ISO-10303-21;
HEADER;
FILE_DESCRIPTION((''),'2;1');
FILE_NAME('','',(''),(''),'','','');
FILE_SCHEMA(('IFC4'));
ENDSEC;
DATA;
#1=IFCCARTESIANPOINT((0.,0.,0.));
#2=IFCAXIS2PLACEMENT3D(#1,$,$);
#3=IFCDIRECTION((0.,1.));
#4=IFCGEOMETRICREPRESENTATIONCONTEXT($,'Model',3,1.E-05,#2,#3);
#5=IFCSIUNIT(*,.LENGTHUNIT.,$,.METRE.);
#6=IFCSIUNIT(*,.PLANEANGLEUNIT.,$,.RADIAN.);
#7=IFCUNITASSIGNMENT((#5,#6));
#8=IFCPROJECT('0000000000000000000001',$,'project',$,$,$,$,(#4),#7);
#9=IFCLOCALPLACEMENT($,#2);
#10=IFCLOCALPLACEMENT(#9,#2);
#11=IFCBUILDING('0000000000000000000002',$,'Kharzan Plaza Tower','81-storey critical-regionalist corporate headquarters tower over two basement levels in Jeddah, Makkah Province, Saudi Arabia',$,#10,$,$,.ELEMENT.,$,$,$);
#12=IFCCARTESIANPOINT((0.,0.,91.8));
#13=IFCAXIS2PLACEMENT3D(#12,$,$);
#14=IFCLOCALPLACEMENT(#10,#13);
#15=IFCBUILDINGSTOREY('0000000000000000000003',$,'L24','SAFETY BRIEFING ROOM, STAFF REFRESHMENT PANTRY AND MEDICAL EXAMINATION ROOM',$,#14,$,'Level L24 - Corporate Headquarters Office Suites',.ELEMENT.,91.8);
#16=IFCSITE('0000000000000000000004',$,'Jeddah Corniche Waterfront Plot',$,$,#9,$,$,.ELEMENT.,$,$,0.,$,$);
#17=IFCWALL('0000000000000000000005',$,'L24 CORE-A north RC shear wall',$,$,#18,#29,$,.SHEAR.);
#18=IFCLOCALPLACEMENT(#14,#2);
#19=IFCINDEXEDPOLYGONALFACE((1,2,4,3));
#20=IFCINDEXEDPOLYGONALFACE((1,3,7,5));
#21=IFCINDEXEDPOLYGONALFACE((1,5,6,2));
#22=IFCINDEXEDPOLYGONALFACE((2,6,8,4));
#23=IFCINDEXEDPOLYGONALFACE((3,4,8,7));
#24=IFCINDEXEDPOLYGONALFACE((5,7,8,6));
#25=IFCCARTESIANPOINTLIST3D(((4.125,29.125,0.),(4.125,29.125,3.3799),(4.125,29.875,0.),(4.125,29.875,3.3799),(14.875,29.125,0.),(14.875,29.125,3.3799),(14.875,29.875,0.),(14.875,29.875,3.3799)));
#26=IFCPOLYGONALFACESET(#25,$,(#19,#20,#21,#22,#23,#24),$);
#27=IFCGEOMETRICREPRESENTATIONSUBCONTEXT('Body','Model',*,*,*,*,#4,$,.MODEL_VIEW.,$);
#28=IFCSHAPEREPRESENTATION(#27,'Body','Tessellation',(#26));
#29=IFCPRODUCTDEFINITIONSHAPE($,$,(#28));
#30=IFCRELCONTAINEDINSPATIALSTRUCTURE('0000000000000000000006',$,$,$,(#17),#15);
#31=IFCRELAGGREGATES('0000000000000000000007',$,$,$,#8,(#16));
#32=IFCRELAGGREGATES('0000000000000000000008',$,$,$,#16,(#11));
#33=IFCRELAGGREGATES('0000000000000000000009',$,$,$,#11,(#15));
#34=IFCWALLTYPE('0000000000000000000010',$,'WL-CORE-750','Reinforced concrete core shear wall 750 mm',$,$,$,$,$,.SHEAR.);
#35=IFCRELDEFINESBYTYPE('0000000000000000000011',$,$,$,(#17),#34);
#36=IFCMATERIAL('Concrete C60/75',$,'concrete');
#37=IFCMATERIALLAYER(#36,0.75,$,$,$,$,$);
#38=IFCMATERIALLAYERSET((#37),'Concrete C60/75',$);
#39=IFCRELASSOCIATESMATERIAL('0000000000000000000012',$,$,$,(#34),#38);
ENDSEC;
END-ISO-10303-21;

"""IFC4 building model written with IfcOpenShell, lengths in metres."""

from ifc_helpers import new_model, si_unit, direction, frame, frame_2d, origin, place, context, subcontext, project, spatial, rectangle, extrude, source, transform, mapped, material, layer, layer_set, type_object, element, save


model = new_model("IFC4")

# Units and contexts
model_context = context("Model", 3, precision=1e-05, world=origin(), true_north=direction((0.0, 1.0)))
body_context = subcontext(model_context, "Body", "Model", "MODEL_VIEW")
ifc_project = project(units=[si_unit("LENGTHUNIT", "METRE"), si_unit("PLANEANGLEUNIT", "RADIAN")], contexts=[model_context])

# Site, building, storey
site_placement = place(None, origin())
site = spatial("IfcSite", under=ifc_project, at=site_placement, Name="Jeddah Corniche Waterfront Plot", CompositionType="ELEMENT", RefElevation=0.0)
building_placement = place(site_placement, origin())
building = spatial("IfcBuilding", under=site, at=building_placement, Name="Kharzan Plaza Tower", Description="81-storey critical-regionalist corporate headquarters tower over two basement levels in Jeddah, Makkah Province, Saudi Arabia", CompositionType="ELEMENT")
storey_placement = place(building_placement, frame((0.0, 0.0, 91.8)))
storey = spatial("IfcBuildingStorey", under=building, at=storey_placement, Name="L24", Description="SAFETY BRIEFING ROOM, STAFF REFRESHMENT PANTRY AND MEDICAL EXAMINATION ROOM", LongName="Level L24 - Corporate Headquarters Office Suites", CompositionType="ELEMENT", Elevation=91.8)

# Shared definitions
ifc_material_1 = material(Name="Concrete C60/75", Category="concrete")

# Wall
ifc_layer_1 = layer(ifc_material_1, 0.75)
ifc_layer_set_1 = layer_set([ifc_layer_1], Name="Concrete C60/75")
wall_type_1 = type_object("IfcWallType", Name="WL-CORE-750", Description="Reinforced concrete core shear wall 750 mm", PredefinedType="SHEAR", material=ifc_layer_set_1)
shared_shape_1 = source(origin(), body_context, "Body", "SweptSolid", [
    extrude(rectangle(XDim=10.75, YDim=0.75, at=frame_2d((5.375, 0.0))), origin(), (0.0, 0.0, 1.0), 3.3799),
])
wall_1_placement = place(storey_placement, frame((4.125, 29.5, 0.0), z_axis=(0.0, 0.0, 1.0), x_axis=(1.0, 0.0, 0.0)))
element("IfcWall", 1, at=wall_1_placement, inside=storey, type_object=wall_type_1, Name="L24 CORE-A north RC shear wall", PredefinedType="SHEAR", context=body_context, shape_type="MappedRepresentation", body=[
    mapped(shared_shape_1, transform((0.0, 0.0, 0.0), x_axis=(1.0, 0.0, 0.0), y_axis=(0.0, 1.0, 0.0), z_axis=(0.0, 0.0, 1.0))),
])

save(model, "model.ifc")
